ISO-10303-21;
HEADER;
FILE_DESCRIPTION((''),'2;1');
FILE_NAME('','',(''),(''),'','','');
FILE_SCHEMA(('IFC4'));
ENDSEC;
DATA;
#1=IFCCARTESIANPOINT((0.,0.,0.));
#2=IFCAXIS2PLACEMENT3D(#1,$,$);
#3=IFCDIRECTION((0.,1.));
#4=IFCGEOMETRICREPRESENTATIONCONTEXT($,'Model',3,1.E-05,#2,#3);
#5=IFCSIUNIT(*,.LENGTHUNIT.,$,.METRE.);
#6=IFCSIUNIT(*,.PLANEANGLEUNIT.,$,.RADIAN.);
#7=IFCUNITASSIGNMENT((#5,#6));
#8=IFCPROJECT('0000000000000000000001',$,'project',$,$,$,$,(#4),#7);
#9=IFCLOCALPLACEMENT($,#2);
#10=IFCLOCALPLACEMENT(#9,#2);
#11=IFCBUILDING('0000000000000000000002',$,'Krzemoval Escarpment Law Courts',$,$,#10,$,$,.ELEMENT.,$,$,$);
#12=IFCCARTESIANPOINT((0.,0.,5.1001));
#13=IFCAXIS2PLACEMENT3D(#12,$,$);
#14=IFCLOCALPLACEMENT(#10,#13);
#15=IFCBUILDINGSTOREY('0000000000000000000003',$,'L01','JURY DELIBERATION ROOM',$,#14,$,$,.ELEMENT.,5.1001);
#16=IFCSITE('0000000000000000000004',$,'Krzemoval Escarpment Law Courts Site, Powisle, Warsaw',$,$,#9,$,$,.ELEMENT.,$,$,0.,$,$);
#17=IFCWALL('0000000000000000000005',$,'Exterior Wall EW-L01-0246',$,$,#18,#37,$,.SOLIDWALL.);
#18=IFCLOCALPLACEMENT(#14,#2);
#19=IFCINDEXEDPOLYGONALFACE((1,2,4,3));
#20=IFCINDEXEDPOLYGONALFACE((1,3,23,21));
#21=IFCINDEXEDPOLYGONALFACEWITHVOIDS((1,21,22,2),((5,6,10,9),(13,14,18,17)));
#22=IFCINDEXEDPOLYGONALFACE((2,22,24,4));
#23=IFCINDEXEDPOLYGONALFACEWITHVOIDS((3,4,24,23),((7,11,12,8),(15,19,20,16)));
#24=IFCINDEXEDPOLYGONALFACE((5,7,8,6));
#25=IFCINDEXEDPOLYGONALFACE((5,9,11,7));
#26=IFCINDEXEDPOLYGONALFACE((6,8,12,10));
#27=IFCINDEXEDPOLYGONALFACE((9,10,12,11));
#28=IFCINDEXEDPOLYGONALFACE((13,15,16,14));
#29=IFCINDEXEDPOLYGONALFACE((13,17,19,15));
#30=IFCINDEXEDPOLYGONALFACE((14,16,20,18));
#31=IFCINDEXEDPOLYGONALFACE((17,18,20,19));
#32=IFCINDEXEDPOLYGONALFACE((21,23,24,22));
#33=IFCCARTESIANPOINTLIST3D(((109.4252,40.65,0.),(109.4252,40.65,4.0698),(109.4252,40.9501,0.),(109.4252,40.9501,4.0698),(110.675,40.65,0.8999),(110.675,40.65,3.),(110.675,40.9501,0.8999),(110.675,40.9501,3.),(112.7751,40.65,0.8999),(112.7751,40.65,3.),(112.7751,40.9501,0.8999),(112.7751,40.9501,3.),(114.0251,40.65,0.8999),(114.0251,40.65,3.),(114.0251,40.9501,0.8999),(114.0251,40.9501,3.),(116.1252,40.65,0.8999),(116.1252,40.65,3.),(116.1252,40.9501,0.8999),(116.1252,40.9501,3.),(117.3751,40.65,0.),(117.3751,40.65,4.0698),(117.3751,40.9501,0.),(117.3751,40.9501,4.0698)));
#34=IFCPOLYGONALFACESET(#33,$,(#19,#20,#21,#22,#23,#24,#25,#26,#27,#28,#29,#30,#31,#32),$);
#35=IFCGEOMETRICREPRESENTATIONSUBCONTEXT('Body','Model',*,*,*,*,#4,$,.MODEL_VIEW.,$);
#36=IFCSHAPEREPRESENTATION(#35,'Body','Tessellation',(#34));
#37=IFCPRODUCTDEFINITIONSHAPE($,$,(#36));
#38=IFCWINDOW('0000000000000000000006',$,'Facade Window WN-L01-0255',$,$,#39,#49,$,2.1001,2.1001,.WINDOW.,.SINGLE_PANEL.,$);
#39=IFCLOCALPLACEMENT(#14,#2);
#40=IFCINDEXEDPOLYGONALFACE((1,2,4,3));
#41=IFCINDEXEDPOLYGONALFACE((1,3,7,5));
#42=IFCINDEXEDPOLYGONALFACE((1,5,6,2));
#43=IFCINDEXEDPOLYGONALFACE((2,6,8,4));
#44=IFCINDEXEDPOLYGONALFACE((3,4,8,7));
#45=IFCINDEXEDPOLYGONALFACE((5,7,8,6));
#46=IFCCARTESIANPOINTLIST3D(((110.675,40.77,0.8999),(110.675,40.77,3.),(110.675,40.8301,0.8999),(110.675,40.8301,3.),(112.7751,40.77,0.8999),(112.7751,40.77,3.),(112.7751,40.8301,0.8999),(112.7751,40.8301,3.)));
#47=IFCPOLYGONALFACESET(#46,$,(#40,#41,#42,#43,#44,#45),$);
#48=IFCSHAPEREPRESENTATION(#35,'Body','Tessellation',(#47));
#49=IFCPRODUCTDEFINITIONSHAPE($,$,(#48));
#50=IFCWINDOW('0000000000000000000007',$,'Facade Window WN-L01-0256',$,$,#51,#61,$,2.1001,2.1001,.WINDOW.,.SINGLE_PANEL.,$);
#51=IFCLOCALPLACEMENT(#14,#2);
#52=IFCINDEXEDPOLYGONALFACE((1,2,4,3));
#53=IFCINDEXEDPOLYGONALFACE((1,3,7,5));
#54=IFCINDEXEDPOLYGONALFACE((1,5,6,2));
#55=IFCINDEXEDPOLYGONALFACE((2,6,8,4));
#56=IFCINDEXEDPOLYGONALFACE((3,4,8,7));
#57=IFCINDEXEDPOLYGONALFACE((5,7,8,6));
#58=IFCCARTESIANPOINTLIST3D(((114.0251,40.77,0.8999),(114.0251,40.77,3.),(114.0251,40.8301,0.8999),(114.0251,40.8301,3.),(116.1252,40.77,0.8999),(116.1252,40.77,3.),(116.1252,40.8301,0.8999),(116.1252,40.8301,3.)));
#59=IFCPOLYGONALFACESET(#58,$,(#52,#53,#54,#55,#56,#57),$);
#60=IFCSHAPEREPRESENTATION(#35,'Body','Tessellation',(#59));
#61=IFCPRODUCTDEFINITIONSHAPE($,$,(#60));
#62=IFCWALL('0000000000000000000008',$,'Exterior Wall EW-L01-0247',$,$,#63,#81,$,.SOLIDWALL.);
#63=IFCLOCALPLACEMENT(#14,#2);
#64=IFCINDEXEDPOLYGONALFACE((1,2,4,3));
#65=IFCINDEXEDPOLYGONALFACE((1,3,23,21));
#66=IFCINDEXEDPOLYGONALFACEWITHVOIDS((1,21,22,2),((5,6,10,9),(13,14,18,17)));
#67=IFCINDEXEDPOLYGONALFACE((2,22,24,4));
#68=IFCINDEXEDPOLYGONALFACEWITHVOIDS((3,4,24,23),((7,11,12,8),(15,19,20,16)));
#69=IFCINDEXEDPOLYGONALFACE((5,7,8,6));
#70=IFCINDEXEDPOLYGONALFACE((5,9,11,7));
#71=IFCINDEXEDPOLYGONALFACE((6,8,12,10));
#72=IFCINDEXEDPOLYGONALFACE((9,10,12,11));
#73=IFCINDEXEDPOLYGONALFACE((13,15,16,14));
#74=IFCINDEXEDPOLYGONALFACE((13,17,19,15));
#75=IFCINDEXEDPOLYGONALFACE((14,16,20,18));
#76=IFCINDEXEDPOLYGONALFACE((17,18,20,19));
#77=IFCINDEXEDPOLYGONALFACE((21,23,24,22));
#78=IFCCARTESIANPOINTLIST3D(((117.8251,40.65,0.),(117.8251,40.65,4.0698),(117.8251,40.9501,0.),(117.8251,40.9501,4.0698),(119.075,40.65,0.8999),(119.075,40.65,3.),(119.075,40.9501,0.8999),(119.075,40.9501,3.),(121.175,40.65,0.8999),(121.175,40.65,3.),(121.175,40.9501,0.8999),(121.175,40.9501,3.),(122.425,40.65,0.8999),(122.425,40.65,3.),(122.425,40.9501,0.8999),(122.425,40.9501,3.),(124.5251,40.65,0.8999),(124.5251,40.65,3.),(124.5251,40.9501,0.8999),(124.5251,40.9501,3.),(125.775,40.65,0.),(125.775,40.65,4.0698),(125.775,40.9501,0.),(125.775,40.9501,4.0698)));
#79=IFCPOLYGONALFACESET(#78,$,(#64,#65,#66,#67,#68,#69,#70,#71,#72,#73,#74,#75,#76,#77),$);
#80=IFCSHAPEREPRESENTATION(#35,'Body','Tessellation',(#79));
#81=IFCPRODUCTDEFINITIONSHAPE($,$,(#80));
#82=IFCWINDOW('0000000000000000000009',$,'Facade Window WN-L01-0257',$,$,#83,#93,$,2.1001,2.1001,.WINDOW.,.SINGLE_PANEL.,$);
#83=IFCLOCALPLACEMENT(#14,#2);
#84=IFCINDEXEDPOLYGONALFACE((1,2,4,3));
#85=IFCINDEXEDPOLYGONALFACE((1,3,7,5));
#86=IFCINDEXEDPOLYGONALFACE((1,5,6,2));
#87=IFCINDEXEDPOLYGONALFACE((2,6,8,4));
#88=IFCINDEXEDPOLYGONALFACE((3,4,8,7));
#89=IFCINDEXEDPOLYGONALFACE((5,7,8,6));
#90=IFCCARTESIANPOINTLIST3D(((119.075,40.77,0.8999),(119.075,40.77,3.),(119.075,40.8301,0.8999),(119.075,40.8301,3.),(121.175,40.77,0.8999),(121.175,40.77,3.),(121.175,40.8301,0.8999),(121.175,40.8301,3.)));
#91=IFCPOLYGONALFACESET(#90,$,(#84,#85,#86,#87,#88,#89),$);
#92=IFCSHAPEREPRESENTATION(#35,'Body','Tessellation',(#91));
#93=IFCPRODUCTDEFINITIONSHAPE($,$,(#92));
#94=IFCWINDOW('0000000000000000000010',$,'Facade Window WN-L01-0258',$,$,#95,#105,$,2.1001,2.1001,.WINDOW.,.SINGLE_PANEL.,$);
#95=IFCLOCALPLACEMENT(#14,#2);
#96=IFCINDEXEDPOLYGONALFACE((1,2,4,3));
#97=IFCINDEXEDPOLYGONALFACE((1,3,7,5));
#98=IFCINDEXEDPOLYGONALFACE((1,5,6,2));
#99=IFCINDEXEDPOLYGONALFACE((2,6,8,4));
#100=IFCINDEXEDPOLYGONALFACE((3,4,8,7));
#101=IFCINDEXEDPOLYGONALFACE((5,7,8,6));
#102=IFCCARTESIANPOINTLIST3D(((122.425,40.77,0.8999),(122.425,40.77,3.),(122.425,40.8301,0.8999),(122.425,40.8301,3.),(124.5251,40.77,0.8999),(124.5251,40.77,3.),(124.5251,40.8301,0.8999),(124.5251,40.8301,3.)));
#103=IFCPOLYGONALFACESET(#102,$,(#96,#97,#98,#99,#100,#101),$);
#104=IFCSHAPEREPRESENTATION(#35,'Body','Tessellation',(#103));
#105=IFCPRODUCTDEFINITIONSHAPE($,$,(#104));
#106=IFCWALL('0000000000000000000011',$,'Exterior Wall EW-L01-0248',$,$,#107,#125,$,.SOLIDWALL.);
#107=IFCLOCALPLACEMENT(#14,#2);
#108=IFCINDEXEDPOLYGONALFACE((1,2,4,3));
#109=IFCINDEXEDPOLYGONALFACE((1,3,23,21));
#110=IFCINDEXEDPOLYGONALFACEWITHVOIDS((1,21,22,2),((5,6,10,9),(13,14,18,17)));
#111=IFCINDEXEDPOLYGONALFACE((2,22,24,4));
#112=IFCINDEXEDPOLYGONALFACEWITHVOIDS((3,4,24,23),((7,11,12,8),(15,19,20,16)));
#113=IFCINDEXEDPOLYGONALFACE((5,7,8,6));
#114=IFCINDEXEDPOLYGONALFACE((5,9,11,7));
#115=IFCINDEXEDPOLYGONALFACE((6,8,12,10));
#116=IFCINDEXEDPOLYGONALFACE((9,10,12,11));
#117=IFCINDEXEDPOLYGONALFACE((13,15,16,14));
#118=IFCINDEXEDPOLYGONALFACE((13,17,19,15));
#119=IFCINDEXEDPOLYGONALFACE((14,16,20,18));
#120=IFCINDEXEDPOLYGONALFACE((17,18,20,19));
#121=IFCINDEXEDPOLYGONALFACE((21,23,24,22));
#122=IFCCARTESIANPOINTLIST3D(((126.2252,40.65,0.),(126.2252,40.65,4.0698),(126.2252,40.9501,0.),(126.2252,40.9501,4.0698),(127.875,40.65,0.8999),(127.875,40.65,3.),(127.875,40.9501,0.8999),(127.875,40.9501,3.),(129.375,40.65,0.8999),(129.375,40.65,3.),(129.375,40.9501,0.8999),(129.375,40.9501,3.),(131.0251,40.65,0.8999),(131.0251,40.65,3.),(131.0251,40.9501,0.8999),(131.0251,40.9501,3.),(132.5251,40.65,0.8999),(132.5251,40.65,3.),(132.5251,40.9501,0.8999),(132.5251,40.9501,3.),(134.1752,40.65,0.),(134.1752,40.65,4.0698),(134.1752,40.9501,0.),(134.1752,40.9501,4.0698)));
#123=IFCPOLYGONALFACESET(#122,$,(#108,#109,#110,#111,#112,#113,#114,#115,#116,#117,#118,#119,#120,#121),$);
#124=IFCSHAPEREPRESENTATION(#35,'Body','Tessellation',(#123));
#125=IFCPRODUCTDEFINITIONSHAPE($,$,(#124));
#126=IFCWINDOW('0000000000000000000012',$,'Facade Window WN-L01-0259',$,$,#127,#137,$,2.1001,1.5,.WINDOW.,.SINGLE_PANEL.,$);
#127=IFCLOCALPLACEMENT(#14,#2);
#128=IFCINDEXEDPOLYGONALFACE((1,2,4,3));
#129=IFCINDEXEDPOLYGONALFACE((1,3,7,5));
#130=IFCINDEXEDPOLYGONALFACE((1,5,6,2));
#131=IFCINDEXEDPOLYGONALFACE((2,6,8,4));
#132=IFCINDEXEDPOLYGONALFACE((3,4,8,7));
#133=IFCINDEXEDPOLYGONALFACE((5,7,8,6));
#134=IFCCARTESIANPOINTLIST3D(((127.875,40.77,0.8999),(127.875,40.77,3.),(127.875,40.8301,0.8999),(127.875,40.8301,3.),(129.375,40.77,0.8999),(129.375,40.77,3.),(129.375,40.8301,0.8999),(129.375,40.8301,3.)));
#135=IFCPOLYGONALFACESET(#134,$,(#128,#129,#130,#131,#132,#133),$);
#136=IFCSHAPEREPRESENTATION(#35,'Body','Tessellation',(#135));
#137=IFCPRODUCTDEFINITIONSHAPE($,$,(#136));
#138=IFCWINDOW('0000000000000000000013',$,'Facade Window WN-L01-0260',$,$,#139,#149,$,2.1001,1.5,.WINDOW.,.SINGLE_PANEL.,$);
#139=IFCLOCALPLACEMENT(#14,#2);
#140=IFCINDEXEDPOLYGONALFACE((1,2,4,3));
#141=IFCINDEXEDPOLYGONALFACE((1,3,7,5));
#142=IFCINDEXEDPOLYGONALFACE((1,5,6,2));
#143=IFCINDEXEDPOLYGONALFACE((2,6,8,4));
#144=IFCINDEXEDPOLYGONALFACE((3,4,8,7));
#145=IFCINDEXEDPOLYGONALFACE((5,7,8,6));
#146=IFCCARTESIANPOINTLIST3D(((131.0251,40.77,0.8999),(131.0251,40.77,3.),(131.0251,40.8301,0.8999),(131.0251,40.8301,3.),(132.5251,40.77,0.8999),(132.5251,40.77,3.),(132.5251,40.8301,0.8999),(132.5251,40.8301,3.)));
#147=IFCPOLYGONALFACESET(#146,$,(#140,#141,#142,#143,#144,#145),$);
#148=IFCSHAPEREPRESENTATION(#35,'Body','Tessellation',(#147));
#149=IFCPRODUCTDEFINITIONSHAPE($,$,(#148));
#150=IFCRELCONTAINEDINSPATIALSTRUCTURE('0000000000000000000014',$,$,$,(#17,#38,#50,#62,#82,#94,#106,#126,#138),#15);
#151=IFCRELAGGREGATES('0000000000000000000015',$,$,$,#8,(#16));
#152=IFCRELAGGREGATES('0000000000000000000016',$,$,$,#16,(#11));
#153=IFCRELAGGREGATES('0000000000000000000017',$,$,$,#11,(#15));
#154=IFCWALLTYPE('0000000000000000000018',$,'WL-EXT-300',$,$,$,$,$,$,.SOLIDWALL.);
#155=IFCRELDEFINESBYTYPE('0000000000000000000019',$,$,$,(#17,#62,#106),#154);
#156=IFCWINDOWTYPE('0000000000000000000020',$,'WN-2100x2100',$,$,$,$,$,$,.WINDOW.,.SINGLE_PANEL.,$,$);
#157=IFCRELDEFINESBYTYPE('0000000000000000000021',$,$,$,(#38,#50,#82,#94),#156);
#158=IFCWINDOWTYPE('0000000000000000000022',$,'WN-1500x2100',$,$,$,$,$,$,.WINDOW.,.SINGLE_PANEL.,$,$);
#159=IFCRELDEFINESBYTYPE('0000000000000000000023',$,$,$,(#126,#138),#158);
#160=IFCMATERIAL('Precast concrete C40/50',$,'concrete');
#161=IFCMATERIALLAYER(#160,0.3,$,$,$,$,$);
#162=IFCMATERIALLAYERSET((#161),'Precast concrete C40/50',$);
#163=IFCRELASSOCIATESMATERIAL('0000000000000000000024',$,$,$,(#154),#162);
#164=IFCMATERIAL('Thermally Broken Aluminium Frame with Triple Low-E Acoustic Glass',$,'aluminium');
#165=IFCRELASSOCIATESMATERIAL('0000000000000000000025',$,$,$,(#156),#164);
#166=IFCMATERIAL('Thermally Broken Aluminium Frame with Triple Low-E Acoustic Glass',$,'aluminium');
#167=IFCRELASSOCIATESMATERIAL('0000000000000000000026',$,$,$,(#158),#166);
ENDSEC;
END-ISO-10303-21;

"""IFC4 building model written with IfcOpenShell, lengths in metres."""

from ifc_helpers import new_model, si_unit, direction, frame, frame_2d, origin, place, context, subcontext, project, spatial, rectangle, extrude, material, layer, layer_set, type_object, element, fill, save


model = new_model("IFC4")

# Units and contexts
model_context = context("Model", 3, precision=1e-05, world=origin(), true_north=direction((0.0, 1.0)))
body_context = subcontext(model_context, "Body", "Model", "MODEL_VIEW")
ifc_project = project(units=[si_unit("LENGTHUNIT", "METRE"), si_unit("PLANEANGLEUNIT", "RADIAN")], contexts=[model_context])

# Site, building, storey
site_placement = place(None, origin())
site = spatial("IfcSite", under=ifc_project, at=site_placement, Name="Krzemoval Escarpment Law Courts Site, Powisle, Warsaw", CompositionType="ELEMENT", RefElevation=0.0)
building_placement = place(site_placement, origin())
building = spatial("IfcBuilding", under=site, at=building_placement, Name="Krzemoval Escarpment Law Courts", CompositionType="ELEMENT")
storey_placement = place(building_placement, frame((0.0, 0.0, 5.1001)))
storey = spatial("IfcBuildingStorey", under=building, at=storey_placement, Name="L01", Description="JURY DELIBERATION ROOM", CompositionType="ELEMENT", Elevation=5.1001)

# Walls, openings, windows
ifc_material_1 = material(Name="Precast concrete C40/50", Category="concrete")
ifc_layer = layer(ifc_material_1, 0.3)
ifc_layer_set = layer_set([ifc_layer], Name="Precast concrete C40/50")
wall_type = type_object("IfcWallType", Name="WL-EXT-300", PredefinedType="SOLIDWALL", material=ifc_layer_set)
wall_1_placement = place(storey_placement, frame((109.425, 40.8, 0.0), z_axis=(0.0, 0.0, 1.0), x_axis=(1.0, 0.0, 0.0)))
wall_1 = element("IfcWall", 1, at=wall_1_placement, inside=storey, type_object=wall_type, Name="Exterior Wall EW-L01-0246", PredefinedType="SOLIDWALL", context=body_context, shape_type="SweptSolid", body=[
    extrude(rectangle(XDim=7.95, YDim=0.3, at=frame_2d((3.9751, 0.0))), origin(), (0.0, 0.0, 1.0), 4.0698),
])
opening_1_placement = place(wall_1_placement, frame((1.25, 0.0, 0.8999)))
opening_1 = element("IfcOpeningElement", 2, at=opening_1_placement, cuts=wall_1, PredefinedType="OPENING", context=body_context, shape_type="SweptSolid", body=[
    extrude(rectangle(XDim=2.1001, YDim=2.1001, at=frame_2d((1.05, 1.05))), frame((0.0, 0.165, 0.0), z_axis=(0.0, -1.0, 0.0), x_axis=(1.0, 0.0, 0.0)), (0.0, 0.0, 1.0), 0.3301),
])
opening_2_placement = place(wall_1_placement, frame((4.6001, 0.0, 0.8999)))
opening_2 = element("IfcOpeningElement", 3, at=opening_2_placement, cuts=wall_1, PredefinedType="OPENING", context=body_context, shape_type="SweptSolid", body=[
    extrude(rectangle(XDim=2.1001, YDim=2.1001, at=frame_2d((1.05, 1.05))), frame((0.0, 0.165, 0.0), z_axis=(0.0, -1.0, 0.0), x_axis=(1.0, 0.0, 0.0)), (0.0, 0.0, 1.0), 0.3301),
])
ifc_material_2 = material(Name="Thermally Broken Aluminium Frame with Triple Low-E Acoustic Glass", Category="aluminium")
window_type_1 = type_object("IfcWindowType", Name="WN-2100x2100", PartitioningType="SINGLE_PANEL", PredefinedType="WINDOW", material=ifc_material_2)
window_1_placement = place(opening_1_placement, origin())
window_1 = element("IfcWindow", 4, at=window_1_placement, inside=storey, type_object=window_type_1, Name="Facade Window WN-L01-0255", OverallHeight=2.1001, OverallWidth=2.1001, PartitioningType="SINGLE_PANEL", PredefinedType="WINDOW", context=body_context, shape_type="SweptSolid", body=[
    extrude(rectangle(XDim=2.1001, YDim=2.1001, at=frame_2d((1.05, 1.05))), frame((0.0, 0.03, 0.0), z_axis=(0.0, -1.0, 0.0), x_axis=(1.0, 0.0, 0.0)), (0.0, 0.0, 1.0), 0.0601),
])
fill(opening_1, window_1)
window_2_placement = place(opening_2_placement, origin())
window_2 = element("IfcWindow", 5, at=window_2_placement, inside=storey, type_object=window_type_1, Name="Facade Window WN-L01-0256", OverallHeight=2.1001, OverallWidth=2.1001, PartitioningType="SINGLE_PANEL", PredefinedType="WINDOW", context=body_context, shape_type="SweptSolid", body=[
    extrude(rectangle(XDim=2.1001, YDim=2.1001, at=frame_2d((1.05, 1.05))), frame((0.0, 0.03, 0.0), z_axis=(0.0, -1.0, 0.0), x_axis=(1.0, 0.0, 0.0)), (0.0, 0.0, 1.0), 0.0601),
])
fill(opening_2, window_2)
wall_2_placement = place(storey_placement, frame((117.825, 40.8, 0.0), z_axis=(0.0, 0.0, 1.0), x_axis=(1.0, 0.0, 0.0)))
wall_2 = element("IfcWall", 6, at=wall_2_placement, inside=storey, type_object=wall_type, Name="Exterior Wall EW-L01-0247", PredefinedType="SOLIDWALL", context=body_context, shape_type="SweptSolid", body=[
    extrude(rectangle(XDim=7.95, YDim=0.3, at=frame_2d((3.9751, 0.0))), origin(), (0.0, 0.0, 1.0), 4.0698),
])
opening_3_placement = place(wall_2_placement, frame((1.25, 0.0, 0.8999)))
opening_3 = element("IfcOpeningElement", 7, at=opening_3_placement, cuts=wall_2, PredefinedType="OPENING", context=body_context, shape_type="SweptSolid", body=[
    extrude(rectangle(XDim=2.1001, YDim=2.1001, at=frame_2d((1.05, 1.05))), frame((0.0, 0.165, 0.0), z_axis=(0.0, -1.0, 0.0), x_axis=(1.0, 0.0, 0.0)), (0.0, 0.0, 1.0), 0.3301),
])
opening_4_placement = place(wall_2_placement, frame((4.6001, 0.0, 0.8999)))
opening_4 = element("IfcOpeningElement", 8, at=opening_4_placement, cuts=wall_2, PredefinedType="OPENING", context=body_context, shape_type="SweptSolid", body=[
    extrude(rectangle(XDim=2.1001, YDim=2.1001, at=frame_2d((1.05, 1.05))), frame((0.0, 0.165, 0.0), z_axis=(0.0, -1.0, 0.0), x_axis=(1.0, 0.0, 0.0)), (0.0, 0.0, 1.0), 0.3301),
])
window_3_placement = place(opening_3_placement, origin())
window_3 = element("IfcWindow", 9, at=window_3_placement, inside=storey, type_object=window_type_1, Name="Facade Window WN-L01-0257", OverallHeight=2.1001, OverallWidth=2.1001, PartitioningType="SINGLE_PANEL", PredefinedType="WINDOW", context=body_context, shape_type="SweptSolid", body=[
    extrude(rectangle(XDim=2.1001, YDim=2.1001, at=frame_2d((1.05, 1.05))), frame((0.0, 0.03, 0.0), z_axis=(0.0, -1.0, 0.0), x_axis=(1.0, 0.0, 0.0)), (0.0, 0.0, 1.0), 0.0601),
])
fill(opening_3, window_3)
window_4_placement = place(opening_4_placement, origin())
window_4 = element("IfcWindow", 10, at=window_4_placement, inside=storey, type_object=window_type_1, Name="Facade Window WN-L01-0258", OverallHeight=2.1001, OverallWidth=2.1001, PartitioningType="SINGLE_PANEL", PredefinedType="WINDOW", context=body_context, shape_type="SweptSolid", body=[
    extrude(rectangle(XDim=2.1001, YDim=2.1001, at=frame_2d((1.05, 1.05))), frame((0.0, 0.03, 0.0), z_axis=(0.0, -1.0, 0.0), x_axis=(1.0, 0.0, 0.0)), (0.0, 0.0, 1.0), 0.0601),
])
fill(opening_4, window_4)
wall_3_placement = place(storey_placement, frame((126.2251, 40.8, 0.0), z_axis=(0.0, 0.0, 1.0), x_axis=(1.0, 0.0, 0.0)))
wall_3 = element("IfcWall", 11, at=wall_3_placement, inside=storey, type_object=wall_type, Name="Exterior Wall EW-L01-0248", PredefinedType="SOLIDWALL", context=body_context, shape_type="SweptSolid", body=[
    extrude(rectangle(XDim=7.95, YDim=0.3, at=frame_2d((3.9751, 0.0))), origin(), (0.0, 0.0, 1.0), 4.0698),
])
opening_5_placement = place(wall_3_placement, frame((1.6499, 0.0, 0.8999)))
opening_5 = element("IfcOpeningElement", 12, at=opening_5_placement, cuts=wall_3, PredefinedType="OPENING", context=body_context, shape_type="SweptSolid", body=[
    extrude(rectangle(XDim=1.5, YDim=2.1001, at=frame_2d((0.75, 1.05))), frame((0.0, 0.165, 0.0), z_axis=(0.0, -1.0, 0.0), x_axis=(1.0, 0.0, 0.0)), (0.0, 0.0, 1.0), 0.3301),
])
opening_6_placement = place(wall_3_placement, frame((4.8, 0.0, 0.8999)))
opening_6 = element("IfcOpeningElement", 13, at=opening_6_placement, cuts=wall_3, PredefinedType="OPENING", context=body_context, shape_type="SweptSolid", body=[
    extrude(rectangle(XDim=1.5, YDim=2.1001, at=frame_2d((0.75, 1.05))), frame((0.0, 0.165, 0.0), z_axis=(0.0, -1.0, 0.0), x_axis=(1.0, 0.0, 0.0)), (0.0, 0.0, 1.0), 0.3301),
])
ifc_material_3 = material(Name="Thermally Broken Aluminium Frame with Triple Low-E Acoustic Glass", Category="aluminium")
window_type_2 = type_object("IfcWindowType", Name="WN-1500x2100", PartitioningType="SINGLE_PANEL", PredefinedType="WINDOW", material=ifc_material_3)
window_5_placement = place(opening_5_placement, origin())
window_5 = element("IfcWindow", 14, at=window_5_placement, inside=storey, type_object=window_type_2, Name="Facade Window WN-L01-0259", OverallHeight=2.1001, OverallWidth=1.5, PartitioningType="SINGLE_PANEL", PredefinedType="WINDOW", context=body_context, shape_type="SweptSolid", body=[
    extrude(rectangle(XDim=1.5, YDim=2.1001, at=frame_2d((0.75, 1.05))), frame((0.0, 0.03, 0.0), z_axis=(0.0, -1.0, 0.0), x_axis=(1.0, 0.0, 0.0)), (0.0, 0.0, 1.0), 0.0601),
])
fill(opening_5, window_5)
window_6_placement = place(opening_6_placement, origin())
window_6 = element("IfcWindow", 15, at=window_6_placement, inside=storey, type_object=window_type_2, Name="Facade Window WN-L01-0260", OverallHeight=2.1001, OverallWidth=1.5, PartitioningType="SINGLE_PANEL", PredefinedType="WINDOW", context=body_context, shape_type="SweptSolid", body=[
    extrude(rectangle(XDim=1.5, YDim=2.1001, at=frame_2d((0.75, 1.05))), frame((0.0, 0.03, 0.0), z_axis=(0.0, -1.0, 0.0), x_axis=(1.0, 0.0, 0.0)), (0.0, 0.0, 1.0), 0.0601),
])
fill(opening_6, window_6)

save(model, "model.ifc")
